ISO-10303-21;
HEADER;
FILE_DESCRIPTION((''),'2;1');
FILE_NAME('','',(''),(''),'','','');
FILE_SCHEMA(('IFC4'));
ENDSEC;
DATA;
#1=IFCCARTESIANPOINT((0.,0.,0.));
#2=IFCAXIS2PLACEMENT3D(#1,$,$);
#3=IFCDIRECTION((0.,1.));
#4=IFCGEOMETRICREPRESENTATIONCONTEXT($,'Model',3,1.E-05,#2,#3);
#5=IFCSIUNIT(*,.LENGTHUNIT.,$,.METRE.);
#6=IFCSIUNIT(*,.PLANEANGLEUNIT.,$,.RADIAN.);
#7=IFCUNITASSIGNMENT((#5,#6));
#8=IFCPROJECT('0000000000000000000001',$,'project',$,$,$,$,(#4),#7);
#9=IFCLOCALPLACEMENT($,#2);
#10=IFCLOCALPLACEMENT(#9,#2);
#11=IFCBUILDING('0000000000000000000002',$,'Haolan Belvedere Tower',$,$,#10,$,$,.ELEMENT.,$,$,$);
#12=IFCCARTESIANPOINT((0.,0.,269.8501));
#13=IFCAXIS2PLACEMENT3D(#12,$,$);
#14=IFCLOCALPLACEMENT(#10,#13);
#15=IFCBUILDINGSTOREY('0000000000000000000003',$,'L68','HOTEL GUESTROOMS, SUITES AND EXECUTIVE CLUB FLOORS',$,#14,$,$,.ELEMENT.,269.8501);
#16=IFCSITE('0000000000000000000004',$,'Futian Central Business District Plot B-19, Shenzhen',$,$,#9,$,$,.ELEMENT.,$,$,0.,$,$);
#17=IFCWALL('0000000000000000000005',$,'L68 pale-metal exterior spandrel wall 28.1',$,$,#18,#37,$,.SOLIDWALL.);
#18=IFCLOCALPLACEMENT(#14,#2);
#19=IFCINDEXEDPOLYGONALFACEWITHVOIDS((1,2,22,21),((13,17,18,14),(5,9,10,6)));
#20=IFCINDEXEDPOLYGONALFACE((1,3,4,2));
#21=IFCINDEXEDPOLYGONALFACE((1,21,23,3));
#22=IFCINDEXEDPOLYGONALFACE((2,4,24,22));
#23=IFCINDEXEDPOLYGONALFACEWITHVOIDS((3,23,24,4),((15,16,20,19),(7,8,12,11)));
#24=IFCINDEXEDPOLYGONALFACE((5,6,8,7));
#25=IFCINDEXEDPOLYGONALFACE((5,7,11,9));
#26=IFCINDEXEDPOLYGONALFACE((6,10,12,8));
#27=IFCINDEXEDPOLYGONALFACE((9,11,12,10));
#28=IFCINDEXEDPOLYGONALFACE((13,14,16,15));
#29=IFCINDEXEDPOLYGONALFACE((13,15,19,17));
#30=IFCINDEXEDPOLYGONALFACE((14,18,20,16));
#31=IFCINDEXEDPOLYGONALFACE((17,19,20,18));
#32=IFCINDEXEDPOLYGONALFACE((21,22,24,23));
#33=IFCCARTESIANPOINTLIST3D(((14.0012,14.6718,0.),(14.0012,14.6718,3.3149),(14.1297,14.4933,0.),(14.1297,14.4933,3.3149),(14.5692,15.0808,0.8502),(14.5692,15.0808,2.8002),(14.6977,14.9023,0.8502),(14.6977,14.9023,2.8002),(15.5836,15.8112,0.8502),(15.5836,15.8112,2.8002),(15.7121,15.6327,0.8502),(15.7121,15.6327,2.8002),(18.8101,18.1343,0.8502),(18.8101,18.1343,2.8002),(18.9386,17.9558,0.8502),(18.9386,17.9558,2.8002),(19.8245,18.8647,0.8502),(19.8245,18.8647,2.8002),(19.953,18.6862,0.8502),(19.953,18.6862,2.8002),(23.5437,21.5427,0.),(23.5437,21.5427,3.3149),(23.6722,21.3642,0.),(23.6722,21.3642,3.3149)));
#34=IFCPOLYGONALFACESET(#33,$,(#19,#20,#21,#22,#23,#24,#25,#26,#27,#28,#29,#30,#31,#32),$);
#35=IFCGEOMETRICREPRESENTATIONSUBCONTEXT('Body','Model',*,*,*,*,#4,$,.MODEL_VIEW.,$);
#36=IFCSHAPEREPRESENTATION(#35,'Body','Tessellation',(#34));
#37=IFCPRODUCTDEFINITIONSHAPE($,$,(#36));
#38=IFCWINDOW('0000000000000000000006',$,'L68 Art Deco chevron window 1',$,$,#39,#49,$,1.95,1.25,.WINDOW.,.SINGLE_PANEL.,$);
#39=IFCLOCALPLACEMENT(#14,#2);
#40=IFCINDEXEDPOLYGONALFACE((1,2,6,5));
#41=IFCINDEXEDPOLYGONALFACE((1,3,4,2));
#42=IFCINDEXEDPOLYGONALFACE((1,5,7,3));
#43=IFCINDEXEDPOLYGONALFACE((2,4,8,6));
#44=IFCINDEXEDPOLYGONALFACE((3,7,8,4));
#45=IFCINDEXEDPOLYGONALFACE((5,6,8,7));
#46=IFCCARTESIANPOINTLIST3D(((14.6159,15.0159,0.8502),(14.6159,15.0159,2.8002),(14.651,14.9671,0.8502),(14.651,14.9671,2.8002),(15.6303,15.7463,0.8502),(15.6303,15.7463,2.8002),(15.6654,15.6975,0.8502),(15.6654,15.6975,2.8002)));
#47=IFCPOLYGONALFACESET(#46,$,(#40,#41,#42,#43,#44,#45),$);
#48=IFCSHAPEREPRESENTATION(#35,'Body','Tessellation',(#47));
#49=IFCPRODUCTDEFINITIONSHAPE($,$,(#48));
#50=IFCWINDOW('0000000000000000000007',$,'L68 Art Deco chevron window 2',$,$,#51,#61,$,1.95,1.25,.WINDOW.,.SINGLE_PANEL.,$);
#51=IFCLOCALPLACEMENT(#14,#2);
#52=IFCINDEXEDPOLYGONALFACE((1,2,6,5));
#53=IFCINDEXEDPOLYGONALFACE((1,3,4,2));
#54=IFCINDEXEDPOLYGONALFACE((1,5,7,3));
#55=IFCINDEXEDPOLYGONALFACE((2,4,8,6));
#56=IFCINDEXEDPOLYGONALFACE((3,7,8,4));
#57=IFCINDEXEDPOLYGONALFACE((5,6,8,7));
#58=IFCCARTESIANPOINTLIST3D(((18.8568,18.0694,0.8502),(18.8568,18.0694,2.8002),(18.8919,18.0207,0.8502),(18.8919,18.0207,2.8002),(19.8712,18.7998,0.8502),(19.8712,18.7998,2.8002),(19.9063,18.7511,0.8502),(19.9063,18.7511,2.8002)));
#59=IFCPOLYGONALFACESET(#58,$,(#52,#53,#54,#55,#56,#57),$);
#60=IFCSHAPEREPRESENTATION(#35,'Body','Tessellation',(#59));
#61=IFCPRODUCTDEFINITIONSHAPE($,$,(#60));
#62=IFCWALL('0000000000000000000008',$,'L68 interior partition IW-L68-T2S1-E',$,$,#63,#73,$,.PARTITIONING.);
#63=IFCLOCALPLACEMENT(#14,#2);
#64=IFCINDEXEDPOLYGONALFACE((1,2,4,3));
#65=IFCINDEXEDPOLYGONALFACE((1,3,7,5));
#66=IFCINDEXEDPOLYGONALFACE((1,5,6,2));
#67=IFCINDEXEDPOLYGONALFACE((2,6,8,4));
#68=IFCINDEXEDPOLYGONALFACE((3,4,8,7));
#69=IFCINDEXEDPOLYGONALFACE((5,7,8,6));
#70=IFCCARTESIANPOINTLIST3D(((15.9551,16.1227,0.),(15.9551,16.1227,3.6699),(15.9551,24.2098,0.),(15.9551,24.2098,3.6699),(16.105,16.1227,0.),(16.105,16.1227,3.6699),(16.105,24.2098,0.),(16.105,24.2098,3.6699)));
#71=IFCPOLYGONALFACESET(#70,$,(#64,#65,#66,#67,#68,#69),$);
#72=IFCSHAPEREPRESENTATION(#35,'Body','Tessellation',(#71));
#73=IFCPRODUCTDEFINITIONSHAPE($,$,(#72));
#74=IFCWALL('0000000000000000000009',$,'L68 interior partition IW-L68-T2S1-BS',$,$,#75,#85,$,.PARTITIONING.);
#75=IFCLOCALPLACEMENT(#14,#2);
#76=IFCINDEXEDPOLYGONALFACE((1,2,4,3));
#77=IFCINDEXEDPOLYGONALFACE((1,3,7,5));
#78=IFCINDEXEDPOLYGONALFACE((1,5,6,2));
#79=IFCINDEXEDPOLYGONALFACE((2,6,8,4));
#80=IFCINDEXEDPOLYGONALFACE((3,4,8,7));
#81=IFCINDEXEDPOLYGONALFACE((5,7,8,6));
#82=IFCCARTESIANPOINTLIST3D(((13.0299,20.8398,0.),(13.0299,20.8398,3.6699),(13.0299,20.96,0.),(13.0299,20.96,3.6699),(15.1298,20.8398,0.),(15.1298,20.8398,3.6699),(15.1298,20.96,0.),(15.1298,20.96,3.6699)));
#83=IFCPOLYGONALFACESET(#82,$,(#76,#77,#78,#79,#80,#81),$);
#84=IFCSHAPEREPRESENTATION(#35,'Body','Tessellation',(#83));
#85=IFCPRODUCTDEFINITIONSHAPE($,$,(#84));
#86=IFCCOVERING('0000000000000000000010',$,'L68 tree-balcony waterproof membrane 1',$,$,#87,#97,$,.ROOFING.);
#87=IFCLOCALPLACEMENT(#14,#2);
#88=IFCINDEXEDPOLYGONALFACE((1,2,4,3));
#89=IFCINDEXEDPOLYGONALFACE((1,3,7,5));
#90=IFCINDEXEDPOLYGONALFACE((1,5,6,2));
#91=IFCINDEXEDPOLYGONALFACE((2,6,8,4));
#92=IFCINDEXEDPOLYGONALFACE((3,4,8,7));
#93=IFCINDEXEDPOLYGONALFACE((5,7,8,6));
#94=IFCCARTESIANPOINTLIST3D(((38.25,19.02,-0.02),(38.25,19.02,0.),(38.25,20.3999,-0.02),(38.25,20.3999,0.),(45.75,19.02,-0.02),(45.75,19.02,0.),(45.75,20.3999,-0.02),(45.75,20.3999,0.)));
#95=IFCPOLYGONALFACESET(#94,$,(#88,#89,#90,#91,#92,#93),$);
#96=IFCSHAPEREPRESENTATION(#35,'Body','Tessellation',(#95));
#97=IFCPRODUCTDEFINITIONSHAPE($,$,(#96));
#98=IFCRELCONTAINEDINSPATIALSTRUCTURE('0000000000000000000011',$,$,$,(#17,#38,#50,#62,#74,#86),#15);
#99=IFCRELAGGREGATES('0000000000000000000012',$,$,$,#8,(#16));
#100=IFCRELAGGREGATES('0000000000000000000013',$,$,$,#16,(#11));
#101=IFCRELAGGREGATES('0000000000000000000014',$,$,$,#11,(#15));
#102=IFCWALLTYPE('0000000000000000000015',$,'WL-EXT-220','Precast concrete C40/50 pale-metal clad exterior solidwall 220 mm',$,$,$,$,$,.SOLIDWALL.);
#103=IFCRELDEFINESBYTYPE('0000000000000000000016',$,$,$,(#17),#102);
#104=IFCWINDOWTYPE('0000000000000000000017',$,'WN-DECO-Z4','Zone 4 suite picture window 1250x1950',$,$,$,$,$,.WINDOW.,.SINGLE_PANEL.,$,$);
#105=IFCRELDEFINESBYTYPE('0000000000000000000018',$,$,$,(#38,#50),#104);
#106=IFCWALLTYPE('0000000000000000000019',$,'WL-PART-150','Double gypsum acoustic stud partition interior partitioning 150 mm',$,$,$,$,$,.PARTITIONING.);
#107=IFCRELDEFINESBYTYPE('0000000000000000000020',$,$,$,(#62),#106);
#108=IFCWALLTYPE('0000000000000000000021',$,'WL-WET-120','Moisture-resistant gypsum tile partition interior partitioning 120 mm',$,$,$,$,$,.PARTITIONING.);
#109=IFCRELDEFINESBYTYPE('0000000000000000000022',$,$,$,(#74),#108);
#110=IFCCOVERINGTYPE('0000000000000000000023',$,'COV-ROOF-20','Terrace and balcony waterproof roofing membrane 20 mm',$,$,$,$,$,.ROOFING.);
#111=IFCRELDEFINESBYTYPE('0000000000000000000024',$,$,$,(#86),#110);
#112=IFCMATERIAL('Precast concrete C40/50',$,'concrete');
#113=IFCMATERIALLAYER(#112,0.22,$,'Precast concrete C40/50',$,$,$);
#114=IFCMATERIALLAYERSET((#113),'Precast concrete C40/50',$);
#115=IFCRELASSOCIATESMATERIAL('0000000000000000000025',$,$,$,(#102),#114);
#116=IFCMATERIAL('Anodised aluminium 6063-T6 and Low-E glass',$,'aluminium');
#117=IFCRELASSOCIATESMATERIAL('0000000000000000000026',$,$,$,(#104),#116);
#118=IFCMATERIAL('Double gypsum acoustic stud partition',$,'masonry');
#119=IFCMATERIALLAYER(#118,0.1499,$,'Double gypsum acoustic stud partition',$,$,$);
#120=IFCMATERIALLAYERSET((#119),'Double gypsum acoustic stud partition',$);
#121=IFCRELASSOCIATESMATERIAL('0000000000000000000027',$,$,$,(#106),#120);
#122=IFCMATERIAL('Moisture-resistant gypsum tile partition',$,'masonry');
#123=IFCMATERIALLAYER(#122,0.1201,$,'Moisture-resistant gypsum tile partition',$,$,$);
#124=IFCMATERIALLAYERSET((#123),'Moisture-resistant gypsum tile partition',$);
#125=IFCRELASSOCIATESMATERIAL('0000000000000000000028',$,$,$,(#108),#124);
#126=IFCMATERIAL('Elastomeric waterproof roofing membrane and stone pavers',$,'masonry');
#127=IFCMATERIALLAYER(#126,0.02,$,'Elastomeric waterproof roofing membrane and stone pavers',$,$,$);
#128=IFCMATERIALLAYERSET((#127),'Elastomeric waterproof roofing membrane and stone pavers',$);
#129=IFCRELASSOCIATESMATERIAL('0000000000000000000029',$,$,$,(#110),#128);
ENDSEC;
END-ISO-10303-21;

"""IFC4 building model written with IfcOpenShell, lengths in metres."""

from ifc_helpers import new_model, si_unit, direction, frame, frame_2d, origin, place, context, subcontext, project, spatial, polyline, rectangle, outline, extrude, material, layer, layer_set, type_object, element, fill, save


model = new_model("IFC4")

# Units and contexts
model_context = context("Model", 3, precision=1e-05, world=origin(), true_north=direction((0.0, 1.0)))
body_context = subcontext(model_context, "Body", "Model", "MODEL_VIEW")
ifc_project = project(units=[si_unit("LENGTHUNIT", "METRE"), si_unit("PLANEANGLEUNIT", "RADIAN")], contexts=[model_context])

# Site, building, storey
site_placement = place(None, origin())
site = spatial("IfcSite", under=ifc_project, at=site_placement, Name="Futian Central Business District Plot B-19, Shenzhen", CompositionType="ELEMENT", RefElevation=0.0)
building_placement = place(site_placement, origin())
building = spatial("IfcBuilding", under=site, at=building_placement, Name="Haolan Belvedere Tower", CompositionType="ELEMENT")
storey_placement = place(building_placement, frame((0.0, 0.0, 269.8501)))
storey = spatial("IfcBuildingStorey", under=building, at=storey_placement, Name="L68", Description="HOTEL GUESTROOMS, SUITES AND EXECUTIVE CLUB FLOORS", CompositionType="ELEMENT", Elevation=269.8501)

# Shared definitions
ifc_material_1 = material(Name="Precast concrete C40/50", Category="concrete")
ifc_layer_1 = layer(ifc_material_1, 0.22, Name="Precast concrete C40/50")
ifc_layer_set_1 = layer_set([ifc_layer_1], Name="Precast concrete C40/50")
wall_type_1 = type_object("IfcWallType", Name="WL-EXT-220", Description="Precast concrete C40/50 pale-metal clad exterior solidwall 220 mm", PredefinedType="SOLIDWALL", material=ifc_layer_set_1)

# Wall, openings, windows
wall_1_placement = place(storey_placement, frame((14.0654, 14.5825, 0.0), z_axis=(0.0, 0.0, 1.0), x_axis=(0.811524, 0.584319, 0.0)))
wall_1 = element("IfcWall", 1, at=wall_1_placement, inside=storey, type_object=wall_type_1, Name="L68 pale-metal exterior spandrel wall 28.1", PredefinedType="SOLIDWALL", context=body_context, shape_type="SweptSolid", body=[
    extrude(rectangle(XDim=11.7588, YDim=0.22, at=frame_2d((5.8794, 0.0))), origin(), (0.0, 0.0, 1.0), 3.3149),
])
opening_1_placement = place(wall_1_placement, frame((0.7, 0.0, 0.8501)))
opening_1 = element("IfcOpeningElement", 2, at=opening_1_placement, cuts=wall_1, PredefinedType="OPENING", context=body_context, shape_type="SweptSolid", body=[
    extrude(rectangle(XDim=1.25, YDim=1.95, at=frame_2d((0.625, 0.9751))), frame((0.0, 0.1199, 0.0), z_axis=(0.0, -1.0, 0.0), x_axis=(1.0, 0.0, 0.0)), (0.0, 0.0, 1.0), 0.24),
])
opening_2_placement = place(wall_1_placement, frame((5.9258, 0.0, 0.8501)))
opening_2 = element("IfcOpeningElement", 3, at=opening_2_placement, cuts=wall_1, PredefinedType="OPENING", context=body_context, shape_type="SweptSolid", body=[
    extrude(rectangle(XDim=1.25, YDim=1.95, at=frame_2d((0.625, 0.9751))), frame((0.0, 0.1199, 0.0), z_axis=(0.0, -1.0, 0.0), x_axis=(1.0, 0.0, 0.0)), (0.0, 0.0, 1.0), 0.24),
])
ifc_material_2 = material(Name="Anodised aluminium 6063-T6 and Low-E glass", Category="aluminium")
window_type = type_object("IfcWindowType", Name="WN-DECO-Z4", Description="Zone 4 suite picture window 1250x1950", PartitioningType="SINGLE_PANEL", PredefinedType="WINDOW", material=ifc_material_2)
window_1_placement = place(opening_1_placement, origin())
window_1 = element("IfcWindow", 4, at=window_1_placement, inside=storey, type_object=window_type, Name="L68 Art Deco chevron window 1", OverallHeight=1.95, OverallWidth=1.25, PartitioningType="SINGLE_PANEL", PredefinedType="WINDOW", context=body_context, shape_type="SweptSolid", body=[
    extrude(rectangle(XDim=1.25, YDim=1.95, at=frame_2d((0.625, 0.9751))), frame((0.0, 0.03, 0.0), z_axis=(0.0, -1.0, 0.0), x_axis=(1.0, 0.0, 0.0)), (0.0, 0.0, 1.0), 0.0601),
])
fill(opening_1, window_1)
window_2_placement = place(opening_2_placement, origin())
window_2 = element("IfcWindow", 5, at=window_2_placement, inside=storey, type_object=window_type, Name="L68 Art Deco chevron window 2", OverallHeight=1.95, OverallWidth=1.25, PartitioningType="SINGLE_PANEL", PredefinedType="WINDOW", context=body_context, shape_type="SweptSolid", body=[
    extrude(rectangle(XDim=1.25, YDim=1.95, at=frame_2d((0.625, 0.9751))), frame((0.0, 0.03, 0.0), z_axis=(0.0, -1.0, 0.0), x_axis=(1.0, 0.0, 0.0)), (0.0, 0.0, 1.0), 0.0601),
])
fill(opening_2, window_2)

# Walls
ifc_material_3 = material(Name="Double gypsum acoustic stud partition", Category="masonry")
ifc_layer_2 = layer(ifc_material_3, 0.1499, Name="Double gypsum acoustic stud partition")
ifc_layer_set_2 = layer_set([ifc_layer_2], Name="Double gypsum acoustic stud partition")
wall_type_2 = type_object("IfcWallType", Name="WL-PART-150", Description="Double gypsum acoustic stud partition interior partitioning 150 mm", PredefinedType="PARTITIONING", material=ifc_layer_set_2)
wall_2_placement = place(storey_placement, frame((16.03, 16.1228, 0.0), z_axis=(0.0, 0.0, 1.0), x_axis=(0.0, 1.0, 0.0)))
element("IfcWall", 6, at=wall_2_placement, inside=storey, type_object=wall_type_2, Name="L68 interior partition IW-L68-T2S1-E", PredefinedType="PARTITIONING", context=body_context, shape_type="SweptSolid", body=[
    extrude(rectangle(XDim=8.0872, YDim=0.1499, at=frame_2d((4.0435, 0.0))), origin(), (0.0, 0.0, 1.0), 3.6699),
])
ifc_material_4 = material(Name="Moisture-resistant gypsum tile partition", Category="masonry")
ifc_layer_3 = layer(ifc_material_4, 0.1201, Name="Moisture-resistant gypsum tile partition")
ifc_layer_set_3 = layer_set([ifc_layer_3], Name="Moisture-resistant gypsum tile partition")
wall_type_3 = type_object("IfcWallType", Name="WL-WET-120", Description="Moisture-resistant gypsum tile partition interior partitioning 120 mm", PredefinedType="PARTITIONING", material=ifc_layer_set_3)
wall_3_placement = place(storey_placement, frame((13.03, 20.8999, 0.0), z_axis=(0.0, 0.0, 1.0), x_axis=(1.0, 0.0, 0.0)))
element("IfcWall", 7, at=wall_3_placement, inside=storey, type_object=wall_type_3, Name="L68 interior partition IW-L68-T2S1-BS", PredefinedType="PARTITIONING", context=body_context, shape_type="SweptSolid", body=[
    extrude(rectangle(XDim=2.0999, YDim=0.1201, at=frame_2d((1.0498, 0.0))), origin(), (0.0, 0.0, 1.0), 3.6699),
])

# Covering
ifc_material_5 = material(Name="Elastomeric waterproof roofing membrane and stone pavers", Category="masonry")
ifc_layer_4 = layer(ifc_material_5, 0.02, Name="Elastomeric waterproof roofing membrane and stone pavers")
ifc_layer_set_4 = layer_set([ifc_layer_4], Name="Elastomeric waterproof roofing membrane and stone pavers")
covering_type = type_object("IfcCoveringType", Name="COV-ROOF-20", Description="Terrace and balcony waterproof roofing membrane 20 mm", PredefinedType="ROOFING", material=ifc_layer_set_4)
covering_placement = place(storey_placement, frame((0.0, 0.0, -0.02)))
element("IfcCovering", 8, at=covering_placement, inside=storey, type_object=covering_type, Name="L68 tree-balcony waterproof membrane 1", PredefinedType="ROOFING", context=body_context, shape_type="SweptSolid", body=[
    extrude(outline(polyline([(38.25, 19.02), (45.75, 19.02), (45.75, 20.3999), (38.25, 20.3999), (38.25, 19.02)])), origin(), (0.0, 0.0, 1.0), 0.02),
])

save(model, "model.ifc")
